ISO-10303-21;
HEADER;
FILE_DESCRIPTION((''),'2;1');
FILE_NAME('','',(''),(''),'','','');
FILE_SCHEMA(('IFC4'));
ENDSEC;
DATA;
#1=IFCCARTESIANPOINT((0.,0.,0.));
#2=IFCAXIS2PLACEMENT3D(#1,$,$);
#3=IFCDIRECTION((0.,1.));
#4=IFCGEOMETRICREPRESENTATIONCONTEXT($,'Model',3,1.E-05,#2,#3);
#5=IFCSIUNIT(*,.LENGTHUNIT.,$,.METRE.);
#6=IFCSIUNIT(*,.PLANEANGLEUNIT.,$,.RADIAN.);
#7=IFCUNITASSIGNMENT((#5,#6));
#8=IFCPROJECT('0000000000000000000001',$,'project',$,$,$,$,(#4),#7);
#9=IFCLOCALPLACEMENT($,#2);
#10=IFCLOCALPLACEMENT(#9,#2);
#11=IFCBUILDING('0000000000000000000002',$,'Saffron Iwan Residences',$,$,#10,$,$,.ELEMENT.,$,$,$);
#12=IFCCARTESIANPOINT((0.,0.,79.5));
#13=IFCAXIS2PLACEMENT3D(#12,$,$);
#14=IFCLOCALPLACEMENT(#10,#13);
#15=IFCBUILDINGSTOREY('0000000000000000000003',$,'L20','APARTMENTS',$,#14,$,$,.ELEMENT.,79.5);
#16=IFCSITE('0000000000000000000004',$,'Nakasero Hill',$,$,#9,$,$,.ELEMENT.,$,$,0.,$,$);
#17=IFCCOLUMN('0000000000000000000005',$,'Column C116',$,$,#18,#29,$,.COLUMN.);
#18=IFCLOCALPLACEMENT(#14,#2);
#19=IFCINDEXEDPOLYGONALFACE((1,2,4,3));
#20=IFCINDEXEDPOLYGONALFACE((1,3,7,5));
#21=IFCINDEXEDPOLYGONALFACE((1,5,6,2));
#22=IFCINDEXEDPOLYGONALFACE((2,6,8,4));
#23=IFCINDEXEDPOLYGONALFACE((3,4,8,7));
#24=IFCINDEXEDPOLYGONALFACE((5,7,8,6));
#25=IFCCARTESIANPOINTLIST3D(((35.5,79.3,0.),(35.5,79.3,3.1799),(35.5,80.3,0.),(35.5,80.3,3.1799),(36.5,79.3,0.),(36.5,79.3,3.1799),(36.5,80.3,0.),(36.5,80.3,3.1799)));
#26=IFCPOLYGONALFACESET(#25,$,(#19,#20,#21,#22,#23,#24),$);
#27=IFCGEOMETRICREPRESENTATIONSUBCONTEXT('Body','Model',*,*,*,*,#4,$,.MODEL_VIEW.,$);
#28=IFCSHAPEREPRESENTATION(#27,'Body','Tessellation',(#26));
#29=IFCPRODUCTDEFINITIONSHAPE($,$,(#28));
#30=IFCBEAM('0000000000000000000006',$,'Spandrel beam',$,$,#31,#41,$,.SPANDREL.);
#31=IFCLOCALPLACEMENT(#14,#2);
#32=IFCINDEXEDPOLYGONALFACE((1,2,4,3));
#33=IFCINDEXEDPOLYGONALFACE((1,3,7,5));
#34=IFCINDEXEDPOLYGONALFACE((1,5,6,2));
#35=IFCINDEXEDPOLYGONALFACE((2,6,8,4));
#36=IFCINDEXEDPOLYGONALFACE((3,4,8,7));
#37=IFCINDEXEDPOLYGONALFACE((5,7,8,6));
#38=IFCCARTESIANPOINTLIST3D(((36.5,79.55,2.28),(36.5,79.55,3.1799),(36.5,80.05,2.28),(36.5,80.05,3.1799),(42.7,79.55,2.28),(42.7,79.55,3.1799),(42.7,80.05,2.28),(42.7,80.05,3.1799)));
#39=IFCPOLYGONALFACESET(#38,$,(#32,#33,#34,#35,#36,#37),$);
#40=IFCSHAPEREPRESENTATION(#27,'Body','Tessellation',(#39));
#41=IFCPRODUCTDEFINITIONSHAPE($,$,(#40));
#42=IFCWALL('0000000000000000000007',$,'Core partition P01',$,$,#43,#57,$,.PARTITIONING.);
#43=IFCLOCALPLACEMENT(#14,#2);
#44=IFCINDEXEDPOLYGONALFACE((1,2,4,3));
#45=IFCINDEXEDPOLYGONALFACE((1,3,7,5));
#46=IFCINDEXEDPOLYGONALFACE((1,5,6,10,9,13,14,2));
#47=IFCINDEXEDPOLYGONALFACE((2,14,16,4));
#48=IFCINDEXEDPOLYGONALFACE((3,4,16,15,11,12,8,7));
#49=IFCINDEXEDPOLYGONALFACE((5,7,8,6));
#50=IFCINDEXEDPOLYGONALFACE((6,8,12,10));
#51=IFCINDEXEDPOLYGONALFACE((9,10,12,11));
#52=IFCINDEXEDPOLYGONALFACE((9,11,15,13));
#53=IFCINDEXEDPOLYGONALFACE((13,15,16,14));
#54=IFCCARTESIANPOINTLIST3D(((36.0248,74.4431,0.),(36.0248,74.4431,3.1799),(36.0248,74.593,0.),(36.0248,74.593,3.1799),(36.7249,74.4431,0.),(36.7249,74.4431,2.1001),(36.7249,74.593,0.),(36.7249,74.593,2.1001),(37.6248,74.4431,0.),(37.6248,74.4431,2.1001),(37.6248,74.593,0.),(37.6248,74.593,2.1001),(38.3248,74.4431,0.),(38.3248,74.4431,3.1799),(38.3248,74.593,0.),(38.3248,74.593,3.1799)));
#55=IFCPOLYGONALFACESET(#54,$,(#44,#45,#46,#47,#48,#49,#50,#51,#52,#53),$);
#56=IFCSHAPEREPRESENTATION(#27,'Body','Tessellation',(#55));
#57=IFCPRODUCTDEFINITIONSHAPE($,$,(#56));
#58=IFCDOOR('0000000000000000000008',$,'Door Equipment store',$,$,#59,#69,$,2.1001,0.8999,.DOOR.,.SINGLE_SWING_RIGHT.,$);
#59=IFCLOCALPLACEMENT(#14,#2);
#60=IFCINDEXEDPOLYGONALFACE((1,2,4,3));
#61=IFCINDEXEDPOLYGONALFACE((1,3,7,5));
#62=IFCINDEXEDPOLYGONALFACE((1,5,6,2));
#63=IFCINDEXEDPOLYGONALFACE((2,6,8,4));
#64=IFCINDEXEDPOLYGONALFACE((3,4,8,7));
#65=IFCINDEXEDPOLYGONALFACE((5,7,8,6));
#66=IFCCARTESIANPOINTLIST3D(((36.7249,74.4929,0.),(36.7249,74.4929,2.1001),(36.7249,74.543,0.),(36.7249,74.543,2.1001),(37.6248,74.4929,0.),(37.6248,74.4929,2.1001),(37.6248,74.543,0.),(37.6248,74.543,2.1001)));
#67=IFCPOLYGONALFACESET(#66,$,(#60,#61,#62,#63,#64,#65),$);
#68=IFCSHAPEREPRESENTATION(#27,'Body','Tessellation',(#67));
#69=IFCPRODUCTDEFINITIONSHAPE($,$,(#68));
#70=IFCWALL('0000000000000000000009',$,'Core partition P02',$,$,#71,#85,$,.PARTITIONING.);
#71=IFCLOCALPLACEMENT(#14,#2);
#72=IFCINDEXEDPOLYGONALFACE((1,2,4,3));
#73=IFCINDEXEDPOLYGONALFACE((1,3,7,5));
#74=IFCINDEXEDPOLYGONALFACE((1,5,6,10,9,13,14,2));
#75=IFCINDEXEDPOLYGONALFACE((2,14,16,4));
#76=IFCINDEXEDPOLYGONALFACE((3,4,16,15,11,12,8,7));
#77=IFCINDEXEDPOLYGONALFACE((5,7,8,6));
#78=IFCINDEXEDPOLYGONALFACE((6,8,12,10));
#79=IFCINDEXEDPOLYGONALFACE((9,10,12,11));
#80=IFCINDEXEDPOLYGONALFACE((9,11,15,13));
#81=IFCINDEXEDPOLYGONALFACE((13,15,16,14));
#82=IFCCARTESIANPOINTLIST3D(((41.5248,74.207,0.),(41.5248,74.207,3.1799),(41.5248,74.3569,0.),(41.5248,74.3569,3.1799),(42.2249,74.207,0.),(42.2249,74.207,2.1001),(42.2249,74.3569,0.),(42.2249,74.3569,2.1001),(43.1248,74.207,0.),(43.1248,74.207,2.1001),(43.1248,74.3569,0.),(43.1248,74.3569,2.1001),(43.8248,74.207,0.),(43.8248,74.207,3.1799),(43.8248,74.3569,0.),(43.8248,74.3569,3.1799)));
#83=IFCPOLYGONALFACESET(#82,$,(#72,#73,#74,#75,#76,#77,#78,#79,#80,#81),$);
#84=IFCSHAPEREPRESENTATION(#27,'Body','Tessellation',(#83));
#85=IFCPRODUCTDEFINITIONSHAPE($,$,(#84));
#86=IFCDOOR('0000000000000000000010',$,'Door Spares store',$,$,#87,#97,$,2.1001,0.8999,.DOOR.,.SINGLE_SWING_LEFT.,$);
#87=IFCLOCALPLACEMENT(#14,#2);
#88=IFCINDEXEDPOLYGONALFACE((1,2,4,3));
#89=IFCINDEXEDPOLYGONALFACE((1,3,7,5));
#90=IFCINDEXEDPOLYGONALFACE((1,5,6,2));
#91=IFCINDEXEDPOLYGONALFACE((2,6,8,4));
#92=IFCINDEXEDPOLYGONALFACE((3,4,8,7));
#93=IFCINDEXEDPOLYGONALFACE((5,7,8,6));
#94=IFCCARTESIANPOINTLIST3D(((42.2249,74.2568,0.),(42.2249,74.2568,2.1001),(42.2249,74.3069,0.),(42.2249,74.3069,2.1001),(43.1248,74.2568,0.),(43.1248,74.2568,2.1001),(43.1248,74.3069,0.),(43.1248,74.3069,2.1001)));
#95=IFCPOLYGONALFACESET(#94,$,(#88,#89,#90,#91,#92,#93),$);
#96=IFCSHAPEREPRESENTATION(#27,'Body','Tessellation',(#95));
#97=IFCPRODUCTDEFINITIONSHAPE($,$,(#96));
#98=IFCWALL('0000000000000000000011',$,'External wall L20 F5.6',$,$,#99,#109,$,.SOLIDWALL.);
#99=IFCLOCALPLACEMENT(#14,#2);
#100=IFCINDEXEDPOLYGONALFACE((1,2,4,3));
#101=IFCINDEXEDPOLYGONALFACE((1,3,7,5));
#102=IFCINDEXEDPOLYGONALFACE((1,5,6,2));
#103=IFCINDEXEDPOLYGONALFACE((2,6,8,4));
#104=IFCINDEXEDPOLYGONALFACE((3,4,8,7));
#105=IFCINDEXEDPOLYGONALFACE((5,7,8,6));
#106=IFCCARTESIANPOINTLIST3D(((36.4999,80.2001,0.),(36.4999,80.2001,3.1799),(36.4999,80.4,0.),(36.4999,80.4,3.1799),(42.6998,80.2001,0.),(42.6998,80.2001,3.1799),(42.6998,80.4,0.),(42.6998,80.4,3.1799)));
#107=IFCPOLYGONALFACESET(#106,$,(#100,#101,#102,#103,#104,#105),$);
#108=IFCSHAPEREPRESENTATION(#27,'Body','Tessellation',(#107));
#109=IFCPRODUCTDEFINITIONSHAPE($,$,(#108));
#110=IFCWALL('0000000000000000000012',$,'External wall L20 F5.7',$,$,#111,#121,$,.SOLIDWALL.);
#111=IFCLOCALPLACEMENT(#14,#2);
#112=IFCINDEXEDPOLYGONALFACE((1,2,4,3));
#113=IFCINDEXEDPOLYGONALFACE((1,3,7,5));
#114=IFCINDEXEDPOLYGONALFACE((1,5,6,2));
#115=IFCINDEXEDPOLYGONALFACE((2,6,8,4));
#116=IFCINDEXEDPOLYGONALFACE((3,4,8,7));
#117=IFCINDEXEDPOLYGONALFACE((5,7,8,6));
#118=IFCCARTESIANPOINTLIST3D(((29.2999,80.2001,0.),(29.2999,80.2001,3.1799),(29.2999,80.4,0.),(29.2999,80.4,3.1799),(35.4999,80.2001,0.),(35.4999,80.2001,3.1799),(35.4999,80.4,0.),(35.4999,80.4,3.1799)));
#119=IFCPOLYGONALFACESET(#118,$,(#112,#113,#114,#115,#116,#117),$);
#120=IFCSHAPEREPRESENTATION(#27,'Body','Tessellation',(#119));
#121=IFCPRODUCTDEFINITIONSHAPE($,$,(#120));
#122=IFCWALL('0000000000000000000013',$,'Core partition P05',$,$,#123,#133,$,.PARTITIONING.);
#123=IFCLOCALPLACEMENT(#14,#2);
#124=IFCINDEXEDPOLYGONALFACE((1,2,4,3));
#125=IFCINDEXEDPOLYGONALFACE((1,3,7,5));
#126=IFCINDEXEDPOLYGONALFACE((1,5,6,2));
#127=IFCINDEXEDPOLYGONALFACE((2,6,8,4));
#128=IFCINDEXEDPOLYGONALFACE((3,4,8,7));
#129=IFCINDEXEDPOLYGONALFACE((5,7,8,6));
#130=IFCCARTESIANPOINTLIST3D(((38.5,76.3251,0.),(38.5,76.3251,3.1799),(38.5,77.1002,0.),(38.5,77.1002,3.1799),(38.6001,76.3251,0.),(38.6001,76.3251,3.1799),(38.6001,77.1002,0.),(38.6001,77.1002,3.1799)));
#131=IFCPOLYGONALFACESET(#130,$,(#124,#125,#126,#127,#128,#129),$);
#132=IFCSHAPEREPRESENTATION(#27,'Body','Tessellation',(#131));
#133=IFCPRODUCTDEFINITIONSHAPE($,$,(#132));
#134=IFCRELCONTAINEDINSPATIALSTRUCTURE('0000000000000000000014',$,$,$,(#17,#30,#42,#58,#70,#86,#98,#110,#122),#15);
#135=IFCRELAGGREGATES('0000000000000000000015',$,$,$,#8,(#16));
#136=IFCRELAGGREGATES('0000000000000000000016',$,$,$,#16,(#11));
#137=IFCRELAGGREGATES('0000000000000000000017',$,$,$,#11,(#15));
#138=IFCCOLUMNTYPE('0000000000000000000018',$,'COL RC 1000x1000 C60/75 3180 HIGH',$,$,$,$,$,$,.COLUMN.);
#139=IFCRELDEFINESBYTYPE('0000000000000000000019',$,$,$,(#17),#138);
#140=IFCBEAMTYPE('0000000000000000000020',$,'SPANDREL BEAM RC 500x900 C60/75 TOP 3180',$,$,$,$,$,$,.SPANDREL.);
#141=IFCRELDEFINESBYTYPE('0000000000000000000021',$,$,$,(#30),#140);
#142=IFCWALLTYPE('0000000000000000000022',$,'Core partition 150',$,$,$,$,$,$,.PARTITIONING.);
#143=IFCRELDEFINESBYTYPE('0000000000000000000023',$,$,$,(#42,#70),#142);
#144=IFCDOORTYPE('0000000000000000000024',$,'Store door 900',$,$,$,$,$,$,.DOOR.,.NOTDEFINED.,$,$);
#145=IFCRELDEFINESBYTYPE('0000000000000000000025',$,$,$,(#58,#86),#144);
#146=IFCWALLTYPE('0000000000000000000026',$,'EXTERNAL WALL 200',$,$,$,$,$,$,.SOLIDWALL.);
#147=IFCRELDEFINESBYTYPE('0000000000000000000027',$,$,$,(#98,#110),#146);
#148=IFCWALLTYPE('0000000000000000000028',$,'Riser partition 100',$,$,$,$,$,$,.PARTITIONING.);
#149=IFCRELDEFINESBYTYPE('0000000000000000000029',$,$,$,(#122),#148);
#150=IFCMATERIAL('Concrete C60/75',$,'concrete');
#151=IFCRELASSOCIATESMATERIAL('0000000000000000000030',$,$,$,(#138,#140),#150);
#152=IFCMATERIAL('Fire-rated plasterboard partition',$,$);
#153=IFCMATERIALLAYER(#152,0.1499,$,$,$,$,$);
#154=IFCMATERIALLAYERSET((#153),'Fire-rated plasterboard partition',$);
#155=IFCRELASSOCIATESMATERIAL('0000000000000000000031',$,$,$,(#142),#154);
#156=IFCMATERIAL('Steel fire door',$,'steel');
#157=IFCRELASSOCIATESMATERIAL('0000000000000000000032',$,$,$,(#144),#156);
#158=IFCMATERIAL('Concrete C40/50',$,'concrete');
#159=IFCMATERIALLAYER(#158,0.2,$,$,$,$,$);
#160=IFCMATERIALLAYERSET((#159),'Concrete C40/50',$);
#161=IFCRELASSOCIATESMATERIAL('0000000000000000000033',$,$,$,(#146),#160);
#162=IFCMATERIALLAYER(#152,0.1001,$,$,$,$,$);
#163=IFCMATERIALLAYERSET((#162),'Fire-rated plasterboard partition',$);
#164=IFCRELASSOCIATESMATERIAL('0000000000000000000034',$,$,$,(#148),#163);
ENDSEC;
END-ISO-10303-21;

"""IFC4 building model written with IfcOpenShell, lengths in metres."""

from ifc_helpers import new_model, si_unit, direction, frame, frame_2d, origin, origin_2d, place, context, subcontext, project, spatial, rectangle, extrude, source, transform, mapped, material, layer, layer_set, material_profile, profile_set, type_object, element, fill, save


model = new_model("IFC4")

# Units and contexts
model_context = context("Model", 3, precision=1e-05, world=origin(), true_north=direction((0.0, 1.0)))
body_context = subcontext(model_context, "Body", "Model", "MODEL_VIEW")
ifc_project = project(units=[si_unit("LENGTHUNIT", "METRE"), si_unit("PLANEANGLEUNIT", "RADIAN")], contexts=[model_context])

# Site, building, storey
site_placement = place(None, origin())
site = spatial("IfcSite", under=ifc_project, at=site_placement, Name="Nakasero Hill", CompositionType="ELEMENT", RefElevation=0.0)
building_placement = place(site_placement, origin())
building = spatial("IfcBuilding", under=site, at=building_placement, Name="Saffron Iwan Residences", CompositionType="ELEMENT")
storey_placement = place(building_placement, frame((0.0, 0.0, 79.5)))
storey = spatial("IfcBuildingStorey", under=building, at=storey_placement, Name="L20", Description="APARTMENTS", CompositionType="ELEMENT", Elevation=79.5)

# Column
ifc_material_1 = material(Name="Concrete C60/75", Category="concrete")
ifc_material_profile_1 = material_profile(ifc_material_1, rectangle(XDim=1.0, YDim=1.0, at=origin_2d()), Name="RC 1000x1000")
ifc_profile_set_1 = profile_set([ifc_material_profile_1], Name="Concrete C60/75")
column_type = type_object("IfcColumnType", Name="COL RC 1000x1000 C60/75 3180 HIGH", PredefinedType="COLUMN", material=ifc_profile_set_1)
shared_shape_1 = source(origin(), body_context, "Body", "SweptSolid", [
    extrude(rectangle(XDim=1.0, YDim=1.0, at=origin_2d()), origin(), (0.0, 0.0, 1.0), 3.1799),
])
column_placement = place(storey_placement, frame((36.0, 79.8, 0.0), z_axis=(0.0, 0.0, 1.0), x_axis=(1.0, 0.0, 0.0)))
element("IfcColumn", 1, at=column_placement, inside=storey, type_object=column_type, Name="Column C116", PredefinedType="COLUMN", context=body_context, shape_type="MappedRepresentation", body=[
    mapped(shared_shape_1, transform((0.0, 0.0, 0.0))),
])

# Beam
ifc_material_profile_2 = material_profile(ifc_material_1, rectangle(XDim=0.5, YDim=0.8999, at=origin_2d()), Name="RC 500x900")
ifc_profile_set_2 = profile_set([ifc_material_profile_2], Name="Concrete C60/75")
beam_type = type_object("IfcBeamType", Name="SPANDREL BEAM RC 500x900 C60/75 TOP 3180", PredefinedType="SPANDREL", material=ifc_profile_set_2)
shared_shape_2 = source(origin(), body_context, "Body", "SweptSolid", [
    extrude(rectangle(XDim=0.5, YDim=0.8999, at=origin_2d()), origin(), (0.0, 0.0, 1.0), 6.2),
])
beam_placement = place(storey_placement, frame((36.5, 79.8, 2.73), z_axis=(1.0, 0.0, 0.0), x_axis=(0.0, 1.0, 0.0)))
element("IfcBeam", 2, at=beam_placement, inside=storey, type_object=beam_type, Name="Spandrel beam", PredefinedType="SPANDREL", context=body_context, shape_type="MappedRepresentation", body=[
    mapped(shared_shape_2, transform((0.0, 0.0, 0.0))),
])

# Walls, openings, doors
ifc_material_2 = material(Name="Fire-rated plasterboard partition")
ifc_layer_1 = layer(ifc_material_2, 0.1499)
ifc_layer_set_1 = layer_set([ifc_layer_1], Name="Fire-rated plasterboard partition")
wall_type_1 = type_object("IfcWallType", Name="Core partition 150", PredefinedType="PARTITIONING", material=ifc_layer_set_1)
wall_1_placement = place(storey_placement, frame((36.0249, 74.5181, 0.0), z_axis=(0.0, 0.0, 1.0), x_axis=(1.0, 0.0, 0.0)))
wall_1 = element("IfcWall", 3, at=wall_1_placement, inside=storey, type_object=wall_type_1, Name="Core partition P01", PredefinedType="PARTITIONING", context=body_context, shape_type="SweptSolid", body=[
    extrude(rectangle(XDim=2.3, YDim=0.1499, at=frame_2d((1.1499, 0.0))), origin(), (0.0, 0.0, 1.0), 3.1799),
])
opening_1_placement = place(wall_1_placement, frame((0.7, 0.0, 0.0)))
opening_1 = element("IfcOpeningElement", 4, at=opening_1_placement, cuts=wall_1, PredefinedType="OPENING", context=body_context, shape_type="SweptSolid", body=[
    extrude(rectangle(XDim=0.8999, YDim=2.1001, at=frame_2d((0.45, 1.05))), frame((0.0, 0.085, 0.0), z_axis=(0.0, -1.0, 0.0), x_axis=(1.0, 0.0, 0.0)), (0.0, 0.0, 1.0), 0.1699),
])
ifc_material_3 = material(Name="Steel fire door", Category="steel")
door_type_1 = type_object("IfcDoorType", Name="Store door 900", OperationType="NOTDEFINED", PredefinedType="DOOR", material=ifc_material_3)
door_1_placement = place(opening_1_placement, origin())
door_1 = element("IfcDoor", 5, at=door_1_placement, inside=storey, type_object=door_type_1, Name="Door Equipment store", OperationType="SINGLE_SWING_RIGHT", OverallHeight=2.1001, OverallWidth=0.8999, PredefinedType="DOOR", context=body_context, shape_type="SweptSolid", body=[
    extrude(rectangle(XDim=0.8999, YDim=2.1001, at=frame_2d((0.45, 1.05))), frame((0.0, 0.0249, 0.0), z_axis=(0.0, -1.0, 0.0), x_axis=(1.0, 0.0, 0.0)), (0.0, 0.0, 1.0), 0.05),
])
fill(opening_1, door_1)
wall_2_placement = place(storey_placement, frame((41.5249, 74.282, 0.0), z_axis=(0.0, 0.0, 1.0), x_axis=(1.0, 0.0, 0.0)))
wall_2 = element("IfcWall", 6, at=wall_2_placement, inside=storey, type_object=wall_type_1, Name="Core partition P02", PredefinedType="PARTITIONING", context=body_context, shape_type="SweptSolid", body=[
    extrude(rectangle(XDim=2.3, YDim=0.1499, at=frame_2d((1.1499, 0.0))), origin(), (0.0, 0.0, 1.0), 3.1799),
])
opening_2_placement = place(wall_2_placement, frame((0.7, 0.0, 0.0)))
opening_2 = element("IfcOpeningElement", 7, at=opening_2_placement, cuts=wall_2, PredefinedType="OPENING", context=body_context, shape_type="SweptSolid", body=[
    extrude(rectangle(XDim=0.8999, YDim=2.1001, at=frame_2d((0.45, 1.05))), frame((0.0, 0.085, 0.0), z_axis=(0.0, -1.0, 0.0), x_axis=(1.0, 0.0, 0.0)), (0.0, 0.0, 1.0), 0.1699),
])
door_2_placement = place(opening_2_placement, origin())
door_2 = element("IfcDoor", 8, at=door_2_placement, inside=storey, type_object=door_type_1, Name="Door Spares store", OperationType="SINGLE_SWING_LEFT", OverallHeight=2.1001, OverallWidth=0.8999, PredefinedType="DOOR", context=body_context, shape_type="SweptSolid", body=[
    extrude(rectangle(XDim=0.8999, YDim=2.1001, at=frame_2d((0.45, 1.05))), frame((0.0, 0.0249, 0.0), z_axis=(0.0, -1.0, 0.0), x_axis=(1.0, 0.0, 0.0)), (0.0, 0.0, 1.0), 0.05),
])
fill(opening_2, door_2)

# Walls
ifc_material_4 = material(Name="Concrete C40/50", Category="concrete")
ifc_layer_2 = layer(ifc_material_4, 0.2)
ifc_layer_set_2 = layer_set([ifc_layer_2], Name="Concrete C40/50")
wall_type_2 = type_object("IfcWallType", Name="EXTERNAL WALL 200", PredefinedType="SOLIDWALL", material=ifc_layer_set_2)
for number, where, z_axis, x_axis, name in (
    (9, (42.7, 80.3, 0.0), (0.0, 0.0, 1.0), (-1.0, 0.0, 0.0), "External wall L20 F5.6"),
    (10, (35.5, 80.3, 0.0), (0.0, 0.0, 1.0), (-1.0, 0.0, 0.0), "External wall L20 F5.7"),
):
    element("IfcWall", number, at=place(storey_placement, frame(where, z_axis=z_axis, x_axis=x_axis)), inside=storey, type_object=wall_type_2, Name=name, PredefinedType="SOLIDWALL", context=body_context, shape_type="SweptSolid", body=[
        extrude(rectangle(XDim=6.2, YDim=0.2, at=frame_2d((3.1001, 0.0))), origin(), (0.0, 0.0, 1.0), 3.1799),
    ])
ifc_layer_3 = layer(ifc_material_2, 0.1001)
ifc_layer_set_3 = layer_set([ifc_layer_3], Name="Fire-rated plasterboard partition")
wall_type_3 = type_object("IfcWallType", Name="Riser partition 100", PredefinedType="PARTITIONING", material=ifc_layer_set_3)
wall_3_placement = place(storey_placement, frame((38.55, 76.325, 0.0), z_axis=(0.0, 0.0, 1.0), x_axis=(0.0, 1.0, 0.0)))
element("IfcWall", 11, at=wall_3_placement, inside=storey, type_object=wall_type_3, Name="Core partition P05", PredefinedType="PARTITIONING", context=body_context, shape_type="SweptSolid", body=[
    extrude(rectangle(XDim=0.7751, YDim=0.1001, at=frame_2d((0.3877, 0.0))), origin(), (0.0, 0.0, 1.0), 3.1799),
])

save(model, "model.ifc")
